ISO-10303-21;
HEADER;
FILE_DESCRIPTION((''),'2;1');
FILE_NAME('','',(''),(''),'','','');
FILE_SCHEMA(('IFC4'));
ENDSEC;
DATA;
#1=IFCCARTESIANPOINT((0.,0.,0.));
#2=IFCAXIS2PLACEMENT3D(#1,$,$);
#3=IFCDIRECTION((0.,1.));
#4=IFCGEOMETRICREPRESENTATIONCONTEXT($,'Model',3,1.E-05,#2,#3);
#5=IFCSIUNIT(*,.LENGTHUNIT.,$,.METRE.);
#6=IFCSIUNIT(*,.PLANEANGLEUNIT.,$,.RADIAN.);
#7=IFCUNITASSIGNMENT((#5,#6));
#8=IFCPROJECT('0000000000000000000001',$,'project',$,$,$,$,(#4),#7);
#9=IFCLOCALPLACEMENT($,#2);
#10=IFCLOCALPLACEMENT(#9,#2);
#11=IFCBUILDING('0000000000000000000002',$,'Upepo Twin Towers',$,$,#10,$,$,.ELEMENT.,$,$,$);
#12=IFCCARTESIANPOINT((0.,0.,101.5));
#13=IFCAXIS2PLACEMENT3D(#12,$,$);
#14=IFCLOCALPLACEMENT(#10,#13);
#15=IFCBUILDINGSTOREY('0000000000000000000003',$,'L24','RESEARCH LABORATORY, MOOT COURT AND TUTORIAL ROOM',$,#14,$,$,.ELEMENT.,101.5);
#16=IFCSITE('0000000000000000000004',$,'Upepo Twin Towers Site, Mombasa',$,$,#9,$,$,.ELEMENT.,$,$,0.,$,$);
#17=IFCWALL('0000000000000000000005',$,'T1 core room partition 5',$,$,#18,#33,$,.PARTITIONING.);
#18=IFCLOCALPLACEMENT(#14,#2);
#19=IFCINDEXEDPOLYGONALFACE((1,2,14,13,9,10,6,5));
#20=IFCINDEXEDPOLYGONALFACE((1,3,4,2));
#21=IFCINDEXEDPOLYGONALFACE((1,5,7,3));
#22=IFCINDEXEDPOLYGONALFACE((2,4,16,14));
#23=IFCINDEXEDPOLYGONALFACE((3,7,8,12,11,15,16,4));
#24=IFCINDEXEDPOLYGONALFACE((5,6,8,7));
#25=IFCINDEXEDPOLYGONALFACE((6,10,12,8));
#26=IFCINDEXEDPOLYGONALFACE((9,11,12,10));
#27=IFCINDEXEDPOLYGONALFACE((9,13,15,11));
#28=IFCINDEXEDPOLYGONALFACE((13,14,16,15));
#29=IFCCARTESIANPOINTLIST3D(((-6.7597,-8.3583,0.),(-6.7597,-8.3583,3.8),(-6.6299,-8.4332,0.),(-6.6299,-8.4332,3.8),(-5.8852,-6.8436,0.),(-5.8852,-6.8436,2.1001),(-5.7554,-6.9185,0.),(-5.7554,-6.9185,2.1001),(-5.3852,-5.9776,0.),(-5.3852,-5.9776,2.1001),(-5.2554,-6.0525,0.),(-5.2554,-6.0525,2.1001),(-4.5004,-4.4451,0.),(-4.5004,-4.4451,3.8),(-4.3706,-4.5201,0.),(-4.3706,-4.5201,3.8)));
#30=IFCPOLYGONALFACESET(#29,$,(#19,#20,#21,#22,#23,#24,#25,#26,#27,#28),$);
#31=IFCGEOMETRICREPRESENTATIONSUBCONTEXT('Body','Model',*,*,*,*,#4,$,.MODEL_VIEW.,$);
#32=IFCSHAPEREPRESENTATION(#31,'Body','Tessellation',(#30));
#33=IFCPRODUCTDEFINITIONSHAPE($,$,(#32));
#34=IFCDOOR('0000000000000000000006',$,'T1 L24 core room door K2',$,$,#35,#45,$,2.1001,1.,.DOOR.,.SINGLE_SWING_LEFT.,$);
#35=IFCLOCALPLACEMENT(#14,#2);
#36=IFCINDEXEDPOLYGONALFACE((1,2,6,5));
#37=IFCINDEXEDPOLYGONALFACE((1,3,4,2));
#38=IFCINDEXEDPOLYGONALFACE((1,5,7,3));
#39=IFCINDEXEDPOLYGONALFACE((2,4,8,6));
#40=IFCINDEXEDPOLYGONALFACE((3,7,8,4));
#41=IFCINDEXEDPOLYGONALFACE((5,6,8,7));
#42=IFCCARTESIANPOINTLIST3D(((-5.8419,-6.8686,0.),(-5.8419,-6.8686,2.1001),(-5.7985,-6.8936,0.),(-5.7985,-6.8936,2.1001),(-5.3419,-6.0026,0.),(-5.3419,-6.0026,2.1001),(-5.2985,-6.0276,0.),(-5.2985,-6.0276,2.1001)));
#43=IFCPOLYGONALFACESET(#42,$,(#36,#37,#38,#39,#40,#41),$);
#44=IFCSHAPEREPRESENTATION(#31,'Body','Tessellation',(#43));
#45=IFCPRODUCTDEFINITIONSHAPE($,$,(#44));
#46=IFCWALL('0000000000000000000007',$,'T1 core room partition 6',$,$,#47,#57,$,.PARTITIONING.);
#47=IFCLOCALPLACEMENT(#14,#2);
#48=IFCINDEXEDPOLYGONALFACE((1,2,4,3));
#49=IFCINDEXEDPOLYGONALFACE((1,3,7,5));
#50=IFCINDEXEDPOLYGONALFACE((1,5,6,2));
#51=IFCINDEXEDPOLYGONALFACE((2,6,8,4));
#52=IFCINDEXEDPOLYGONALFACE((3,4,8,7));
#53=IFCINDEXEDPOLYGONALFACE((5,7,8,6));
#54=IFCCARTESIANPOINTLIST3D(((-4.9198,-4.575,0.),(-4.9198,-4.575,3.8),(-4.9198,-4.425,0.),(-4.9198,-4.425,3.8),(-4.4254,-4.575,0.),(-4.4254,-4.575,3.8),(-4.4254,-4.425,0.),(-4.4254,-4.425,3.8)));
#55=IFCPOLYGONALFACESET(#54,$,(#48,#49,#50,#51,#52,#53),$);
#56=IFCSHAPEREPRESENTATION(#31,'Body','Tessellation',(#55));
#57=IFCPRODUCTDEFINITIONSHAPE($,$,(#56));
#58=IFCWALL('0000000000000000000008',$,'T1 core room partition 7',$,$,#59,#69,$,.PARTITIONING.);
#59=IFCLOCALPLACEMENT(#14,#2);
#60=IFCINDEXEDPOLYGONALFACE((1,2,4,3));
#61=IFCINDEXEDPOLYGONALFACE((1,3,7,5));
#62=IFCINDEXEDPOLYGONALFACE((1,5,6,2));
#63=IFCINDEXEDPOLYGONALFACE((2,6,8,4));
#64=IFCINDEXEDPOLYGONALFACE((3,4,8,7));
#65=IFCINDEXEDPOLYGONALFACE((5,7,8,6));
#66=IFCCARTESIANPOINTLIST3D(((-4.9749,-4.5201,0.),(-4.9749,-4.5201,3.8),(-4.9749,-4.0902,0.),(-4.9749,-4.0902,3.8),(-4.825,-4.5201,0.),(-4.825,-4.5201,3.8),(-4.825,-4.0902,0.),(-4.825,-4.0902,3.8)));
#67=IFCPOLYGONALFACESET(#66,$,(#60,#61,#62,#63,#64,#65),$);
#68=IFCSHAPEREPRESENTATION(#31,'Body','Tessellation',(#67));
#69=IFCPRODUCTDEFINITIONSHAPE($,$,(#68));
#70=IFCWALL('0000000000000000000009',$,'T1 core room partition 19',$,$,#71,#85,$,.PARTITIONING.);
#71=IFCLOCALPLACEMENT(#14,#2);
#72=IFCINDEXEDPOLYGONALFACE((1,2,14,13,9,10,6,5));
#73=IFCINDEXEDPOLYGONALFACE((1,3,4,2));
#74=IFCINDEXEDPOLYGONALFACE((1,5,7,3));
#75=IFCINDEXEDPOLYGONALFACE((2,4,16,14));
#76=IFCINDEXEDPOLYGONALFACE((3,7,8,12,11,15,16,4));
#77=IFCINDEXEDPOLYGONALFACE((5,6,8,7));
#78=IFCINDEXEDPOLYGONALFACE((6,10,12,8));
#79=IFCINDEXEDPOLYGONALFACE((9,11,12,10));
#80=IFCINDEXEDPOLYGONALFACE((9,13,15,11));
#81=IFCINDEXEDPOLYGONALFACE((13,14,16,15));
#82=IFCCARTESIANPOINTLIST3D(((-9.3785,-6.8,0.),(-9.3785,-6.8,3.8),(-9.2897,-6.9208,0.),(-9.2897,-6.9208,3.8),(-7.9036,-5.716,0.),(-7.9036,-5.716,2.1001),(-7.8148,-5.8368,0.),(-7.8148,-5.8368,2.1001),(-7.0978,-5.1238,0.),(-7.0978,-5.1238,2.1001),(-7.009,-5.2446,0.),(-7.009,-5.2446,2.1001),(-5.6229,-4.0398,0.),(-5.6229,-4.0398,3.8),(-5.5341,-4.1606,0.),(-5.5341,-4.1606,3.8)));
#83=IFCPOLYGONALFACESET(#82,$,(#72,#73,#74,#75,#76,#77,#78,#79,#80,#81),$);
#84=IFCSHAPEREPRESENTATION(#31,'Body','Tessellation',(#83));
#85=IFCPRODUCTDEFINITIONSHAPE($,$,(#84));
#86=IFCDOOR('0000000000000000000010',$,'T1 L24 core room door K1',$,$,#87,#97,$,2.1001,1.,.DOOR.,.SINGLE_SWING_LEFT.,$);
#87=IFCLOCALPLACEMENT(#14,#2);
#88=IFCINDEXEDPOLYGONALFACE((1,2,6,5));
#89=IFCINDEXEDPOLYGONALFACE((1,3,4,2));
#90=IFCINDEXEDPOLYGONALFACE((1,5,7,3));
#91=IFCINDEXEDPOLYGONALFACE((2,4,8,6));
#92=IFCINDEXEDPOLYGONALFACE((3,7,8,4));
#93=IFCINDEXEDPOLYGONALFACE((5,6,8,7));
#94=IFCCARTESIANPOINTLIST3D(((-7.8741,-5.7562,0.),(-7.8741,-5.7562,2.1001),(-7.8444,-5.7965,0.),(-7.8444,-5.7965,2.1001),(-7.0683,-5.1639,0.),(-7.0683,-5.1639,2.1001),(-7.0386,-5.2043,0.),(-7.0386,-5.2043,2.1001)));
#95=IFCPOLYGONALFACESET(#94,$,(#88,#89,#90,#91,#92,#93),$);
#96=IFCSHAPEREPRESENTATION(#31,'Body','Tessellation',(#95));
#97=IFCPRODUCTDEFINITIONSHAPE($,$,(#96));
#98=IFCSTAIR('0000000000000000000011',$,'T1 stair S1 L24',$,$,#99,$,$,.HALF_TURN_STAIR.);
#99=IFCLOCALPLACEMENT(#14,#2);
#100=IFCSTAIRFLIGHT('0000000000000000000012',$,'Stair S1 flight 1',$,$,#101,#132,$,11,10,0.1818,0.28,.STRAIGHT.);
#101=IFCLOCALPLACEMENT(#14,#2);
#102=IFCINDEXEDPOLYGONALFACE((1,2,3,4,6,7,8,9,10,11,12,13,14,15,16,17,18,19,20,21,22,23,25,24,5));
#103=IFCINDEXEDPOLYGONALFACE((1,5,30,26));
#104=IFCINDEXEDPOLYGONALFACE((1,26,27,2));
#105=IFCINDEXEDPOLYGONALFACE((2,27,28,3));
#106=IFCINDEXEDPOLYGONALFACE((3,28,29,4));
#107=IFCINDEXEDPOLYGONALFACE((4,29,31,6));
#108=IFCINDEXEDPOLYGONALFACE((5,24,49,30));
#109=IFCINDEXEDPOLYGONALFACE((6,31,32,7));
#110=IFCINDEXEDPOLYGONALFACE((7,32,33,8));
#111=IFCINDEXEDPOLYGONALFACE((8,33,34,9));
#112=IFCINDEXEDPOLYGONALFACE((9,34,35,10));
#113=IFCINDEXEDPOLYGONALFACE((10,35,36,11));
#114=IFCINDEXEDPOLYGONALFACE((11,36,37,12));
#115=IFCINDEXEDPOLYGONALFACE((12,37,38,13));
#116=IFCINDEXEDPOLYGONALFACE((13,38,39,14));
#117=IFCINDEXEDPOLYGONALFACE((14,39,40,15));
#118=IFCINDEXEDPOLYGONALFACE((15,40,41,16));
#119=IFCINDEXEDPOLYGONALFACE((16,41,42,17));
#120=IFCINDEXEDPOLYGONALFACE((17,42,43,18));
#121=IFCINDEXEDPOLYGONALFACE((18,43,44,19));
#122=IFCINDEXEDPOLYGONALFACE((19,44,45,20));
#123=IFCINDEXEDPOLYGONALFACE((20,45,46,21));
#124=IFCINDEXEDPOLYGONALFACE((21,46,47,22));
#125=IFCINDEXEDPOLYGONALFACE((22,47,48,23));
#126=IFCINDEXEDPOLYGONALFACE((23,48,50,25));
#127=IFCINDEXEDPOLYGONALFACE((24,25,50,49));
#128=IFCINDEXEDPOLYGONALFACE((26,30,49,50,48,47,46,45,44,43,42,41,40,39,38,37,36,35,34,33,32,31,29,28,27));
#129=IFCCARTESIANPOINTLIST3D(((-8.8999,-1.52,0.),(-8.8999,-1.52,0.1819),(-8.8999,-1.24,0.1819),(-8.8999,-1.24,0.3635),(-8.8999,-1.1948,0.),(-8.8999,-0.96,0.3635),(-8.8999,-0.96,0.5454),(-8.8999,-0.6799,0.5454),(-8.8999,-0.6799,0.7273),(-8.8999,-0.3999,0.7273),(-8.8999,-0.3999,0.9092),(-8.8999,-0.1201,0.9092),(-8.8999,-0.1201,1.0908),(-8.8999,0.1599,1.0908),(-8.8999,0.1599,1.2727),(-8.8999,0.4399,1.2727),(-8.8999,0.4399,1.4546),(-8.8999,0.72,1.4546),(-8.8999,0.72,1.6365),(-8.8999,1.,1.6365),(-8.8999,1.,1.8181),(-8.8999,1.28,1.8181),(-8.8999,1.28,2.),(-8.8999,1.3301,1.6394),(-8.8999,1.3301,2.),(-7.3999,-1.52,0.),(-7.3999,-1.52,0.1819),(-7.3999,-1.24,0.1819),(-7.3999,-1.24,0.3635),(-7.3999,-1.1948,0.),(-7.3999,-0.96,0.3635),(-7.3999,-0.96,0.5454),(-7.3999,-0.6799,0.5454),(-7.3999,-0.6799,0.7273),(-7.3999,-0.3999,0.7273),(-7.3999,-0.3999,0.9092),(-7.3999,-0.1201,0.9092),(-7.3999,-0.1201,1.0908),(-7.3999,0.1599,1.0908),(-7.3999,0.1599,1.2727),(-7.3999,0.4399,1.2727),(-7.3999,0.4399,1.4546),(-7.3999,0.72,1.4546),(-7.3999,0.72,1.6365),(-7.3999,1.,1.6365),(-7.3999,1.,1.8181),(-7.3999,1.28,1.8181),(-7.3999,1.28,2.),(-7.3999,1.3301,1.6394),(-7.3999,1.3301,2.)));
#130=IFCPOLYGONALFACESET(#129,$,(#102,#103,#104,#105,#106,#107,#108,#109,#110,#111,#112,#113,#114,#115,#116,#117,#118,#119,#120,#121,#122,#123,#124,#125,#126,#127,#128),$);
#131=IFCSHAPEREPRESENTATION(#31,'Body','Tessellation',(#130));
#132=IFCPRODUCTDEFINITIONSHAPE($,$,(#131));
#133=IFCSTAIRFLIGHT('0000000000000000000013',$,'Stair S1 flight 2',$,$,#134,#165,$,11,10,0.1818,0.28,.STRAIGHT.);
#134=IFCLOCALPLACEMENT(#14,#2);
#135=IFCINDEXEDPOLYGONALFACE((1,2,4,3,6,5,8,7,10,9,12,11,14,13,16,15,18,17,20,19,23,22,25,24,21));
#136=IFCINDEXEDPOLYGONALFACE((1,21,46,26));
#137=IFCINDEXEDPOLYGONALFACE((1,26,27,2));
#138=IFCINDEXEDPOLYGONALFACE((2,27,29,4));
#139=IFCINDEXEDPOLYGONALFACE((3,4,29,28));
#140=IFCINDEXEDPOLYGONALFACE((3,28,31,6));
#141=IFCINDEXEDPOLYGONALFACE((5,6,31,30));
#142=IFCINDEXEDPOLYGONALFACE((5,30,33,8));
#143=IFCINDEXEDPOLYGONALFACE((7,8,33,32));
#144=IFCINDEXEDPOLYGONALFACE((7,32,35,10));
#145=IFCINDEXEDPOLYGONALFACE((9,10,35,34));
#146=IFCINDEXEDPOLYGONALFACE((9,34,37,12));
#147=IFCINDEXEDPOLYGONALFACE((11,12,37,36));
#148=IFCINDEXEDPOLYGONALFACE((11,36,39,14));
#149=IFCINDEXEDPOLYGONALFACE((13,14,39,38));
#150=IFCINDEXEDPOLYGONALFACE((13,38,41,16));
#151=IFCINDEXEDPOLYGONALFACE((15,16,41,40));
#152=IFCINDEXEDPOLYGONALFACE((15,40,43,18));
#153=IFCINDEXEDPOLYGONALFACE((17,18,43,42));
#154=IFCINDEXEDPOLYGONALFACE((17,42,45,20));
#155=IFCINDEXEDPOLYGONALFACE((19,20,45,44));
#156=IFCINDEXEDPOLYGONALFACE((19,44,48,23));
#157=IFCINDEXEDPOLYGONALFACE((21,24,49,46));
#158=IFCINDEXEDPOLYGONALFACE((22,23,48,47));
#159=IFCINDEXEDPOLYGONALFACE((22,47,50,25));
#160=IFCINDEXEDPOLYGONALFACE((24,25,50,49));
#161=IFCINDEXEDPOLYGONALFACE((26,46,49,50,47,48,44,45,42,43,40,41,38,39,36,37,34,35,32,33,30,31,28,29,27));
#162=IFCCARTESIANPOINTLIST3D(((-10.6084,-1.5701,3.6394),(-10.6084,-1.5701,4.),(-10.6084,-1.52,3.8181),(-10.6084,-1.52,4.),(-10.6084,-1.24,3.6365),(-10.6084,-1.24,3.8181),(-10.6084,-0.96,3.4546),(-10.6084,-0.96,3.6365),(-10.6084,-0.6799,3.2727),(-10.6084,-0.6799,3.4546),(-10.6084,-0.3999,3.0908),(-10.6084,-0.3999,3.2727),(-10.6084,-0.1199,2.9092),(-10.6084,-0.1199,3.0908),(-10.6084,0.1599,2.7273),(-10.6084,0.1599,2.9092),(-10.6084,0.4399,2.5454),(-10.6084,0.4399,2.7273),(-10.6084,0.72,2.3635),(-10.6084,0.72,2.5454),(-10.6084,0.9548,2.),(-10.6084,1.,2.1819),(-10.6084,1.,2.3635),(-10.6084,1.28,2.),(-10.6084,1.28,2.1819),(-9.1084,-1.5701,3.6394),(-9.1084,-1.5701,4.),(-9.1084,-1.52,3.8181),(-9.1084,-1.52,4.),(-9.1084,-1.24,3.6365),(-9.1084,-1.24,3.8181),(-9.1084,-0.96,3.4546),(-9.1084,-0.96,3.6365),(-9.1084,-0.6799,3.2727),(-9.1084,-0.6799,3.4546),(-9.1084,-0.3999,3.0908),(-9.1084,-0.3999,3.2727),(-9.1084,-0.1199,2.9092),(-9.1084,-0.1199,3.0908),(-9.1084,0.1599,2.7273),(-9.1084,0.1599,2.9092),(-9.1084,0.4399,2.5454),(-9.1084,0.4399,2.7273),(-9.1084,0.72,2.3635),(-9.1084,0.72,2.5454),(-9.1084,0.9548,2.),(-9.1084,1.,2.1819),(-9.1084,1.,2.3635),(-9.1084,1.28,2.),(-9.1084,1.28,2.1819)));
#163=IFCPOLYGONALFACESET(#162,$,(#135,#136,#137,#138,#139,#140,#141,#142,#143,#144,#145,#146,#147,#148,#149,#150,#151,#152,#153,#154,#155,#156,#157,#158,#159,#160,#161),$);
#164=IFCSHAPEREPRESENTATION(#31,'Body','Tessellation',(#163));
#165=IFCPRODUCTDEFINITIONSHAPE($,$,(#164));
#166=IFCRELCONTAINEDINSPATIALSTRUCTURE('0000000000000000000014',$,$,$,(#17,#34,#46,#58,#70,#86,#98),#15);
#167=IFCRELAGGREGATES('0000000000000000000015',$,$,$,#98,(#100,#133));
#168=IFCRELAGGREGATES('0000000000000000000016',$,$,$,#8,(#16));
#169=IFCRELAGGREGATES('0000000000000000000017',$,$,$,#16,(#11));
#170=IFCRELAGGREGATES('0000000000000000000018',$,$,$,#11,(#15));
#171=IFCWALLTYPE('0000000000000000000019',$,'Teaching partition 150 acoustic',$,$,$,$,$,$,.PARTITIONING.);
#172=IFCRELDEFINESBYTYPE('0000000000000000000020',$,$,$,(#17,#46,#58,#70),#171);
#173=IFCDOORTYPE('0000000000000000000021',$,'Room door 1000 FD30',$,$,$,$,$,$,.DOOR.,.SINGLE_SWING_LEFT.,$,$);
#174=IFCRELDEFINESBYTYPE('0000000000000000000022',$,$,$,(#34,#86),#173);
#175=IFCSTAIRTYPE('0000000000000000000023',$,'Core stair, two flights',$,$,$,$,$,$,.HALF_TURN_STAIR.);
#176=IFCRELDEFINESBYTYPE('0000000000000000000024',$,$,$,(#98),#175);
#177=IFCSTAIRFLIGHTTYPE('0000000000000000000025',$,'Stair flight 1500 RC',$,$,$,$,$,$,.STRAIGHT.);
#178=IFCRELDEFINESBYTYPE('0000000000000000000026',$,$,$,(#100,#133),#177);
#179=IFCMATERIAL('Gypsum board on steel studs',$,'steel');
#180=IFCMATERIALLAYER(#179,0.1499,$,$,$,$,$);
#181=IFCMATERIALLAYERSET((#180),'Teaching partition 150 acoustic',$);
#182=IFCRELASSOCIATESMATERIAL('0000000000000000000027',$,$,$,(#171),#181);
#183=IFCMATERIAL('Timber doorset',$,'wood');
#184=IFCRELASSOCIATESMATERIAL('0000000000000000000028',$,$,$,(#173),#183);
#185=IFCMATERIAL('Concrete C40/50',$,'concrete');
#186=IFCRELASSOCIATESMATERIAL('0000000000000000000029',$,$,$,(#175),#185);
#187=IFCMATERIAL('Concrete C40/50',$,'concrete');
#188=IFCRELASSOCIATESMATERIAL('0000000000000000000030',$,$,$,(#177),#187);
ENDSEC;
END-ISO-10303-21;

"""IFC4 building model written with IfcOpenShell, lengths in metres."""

from ifc_helpers import new_model, si_unit, direction, frame, frame_2d, origin, place, context, subcontext, project, spatial, polyline, rectangle, outline, extrude, material, layer, layer_set, type_object, element, fill, aggregate, save


model = new_model("IFC4")

# Units and contexts
model_context = context("Model", 3, precision=1e-05, world=origin(), true_north=direction((0.0, 1.0)))
body_context = subcontext(model_context, "Body", "Model", "MODEL_VIEW")
ifc_project = project(units=[si_unit("LENGTHUNIT", "METRE"), si_unit("PLANEANGLEUNIT", "RADIAN")], contexts=[model_context])

# Site, building, storey
site_placement = place(None, origin())
site = spatial("IfcSite", under=ifc_project, at=site_placement, Name="Upepo Twin Towers Site, Mombasa", CompositionType="ELEMENT", RefElevation=0.0)
building_placement = place(site_placement, origin())
building = spatial("IfcBuilding", under=site, at=building_placement, Name="Upepo Twin Towers", CompositionType="ELEMENT")
storey_placement = place(building_placement, frame((0.0, 0.0, 101.5)))
storey = spatial("IfcBuildingStorey", under=building, at=storey_placement, Name="L24", Description="RESEARCH LABORATORY, MOOT COURT AND TUTORIAL ROOM", CompositionType="ELEMENT", Elevation=101.5)

# Shared definitions
ifc_material_1 = material(Name="Gypsum board on steel studs", Category="steel")
ifc_layer_1 = layer(ifc_material_1, 0.1499)
ifc_layer_set_1 = layer_set([ifc_layer_1], Name="Teaching partition 150 acoustic")
wall_type_1 = type_object("IfcWallType", Name="Teaching partition 150 acoustic", PredefinedType="PARTITIONING", material=ifc_layer_set_1)

# Wall, opening, door
ifc_material_2 = material(Name="Timber doorset", Category="wood")
door_type_1 = type_object("IfcDoorType", Name="Room door 1000 FD30", OperationType="SINGLE_SWING_LEFT", PredefinedType="DOOR", material=ifc_material_2)
wall_1_placement = place(storey_placement, frame((-6.6948, -8.3958, 0.0), z_axis=(0.0, 0.0, 1.0), x_axis=(0.500009, 0.86602, 0.0)))
wall_1 = element("IfcWall", 1, at=wall_1_placement, inside=storey, type_object=wall_type_1, Name="T1 core room partition 5", PredefinedType="PARTITIONING", context=body_context, shape_type="SweptSolid", body=[
    extrude(rectangle(XDim=4.5186, YDim=0.1499, at=frame_2d((2.2593, 0.0))), origin(), (0.0, 0.0, 1.0), 3.8),
])
opening_1_placement = place(wall_1_placement, frame((1.749, 0.0, 0.0)))
opening_1 = element("IfcOpeningElement", 2, at=opening_1_placement, cuts=wall_1, PredefinedType="OPENING", context=body_context, shape_type="SweptSolid", body=[
    extrude(rectangle(XDim=1.0, YDim=2.1001, at=frame_2d((0.5, 1.05))), frame((0.0, 0.085, 0.0), z_axis=(0.0, -1.0, 0.0), x_axis=(1.0, 0.0, 0.0)), (0.0, 0.0, 1.0), 0.1699),
])
door_1_placement = place(opening_1_placement, origin())
door_1 = element("IfcDoor", 3, at=door_1_placement, inside=storey, type_object=door_type_1, Name="T1 L24 core room door K2", OperationType="SINGLE_SWING_LEFT", OverallHeight=2.1001, OverallWidth=1.0, PredefinedType="DOOR", context=body_context, shape_type="SweptSolid", body=[
    extrude(rectangle(XDim=1.0, YDim=2.1001, at=frame_2d((0.5, 1.05))), frame((0.0, 0.0249, 0.0), z_axis=(0.0, -1.0, 0.0), x_axis=(1.0, 0.0, 0.0)), (0.0, 0.0, 1.0), 0.05),
])
fill(opening_1, door_1)

# Walls
wall_2_placement = place(storey_placement, frame((-4.4255, -4.5, 0.0), z_axis=(0.0, 0.0, 1.0), x_axis=(-1.0, 0.0, 0.0)))
element("IfcWall", 4, at=wall_2_placement, inside=storey, type_object=wall_type_1, Name="T1 core room partition 6", PredefinedType="PARTITIONING", context=body_context, shape_type="SweptSolid", body=[
    extrude(rectangle(XDim=0.4944, YDim=0.1499, at=frame_2d((0.2471, 0.0))), origin(), (0.0, 0.0, 1.0), 3.8),
])
wall_3_placement = place(storey_placement, frame((-4.8999, -4.52, 0.0), z_axis=(0.0, 0.0, 1.0), x_axis=(0.0, 1.0, 0.0)))
element("IfcWall", 5, at=wall_3_placement, inside=storey, type_object=wall_type_1, Name="T1 core room partition 7", PredefinedType="PARTITIONING", context=body_context, shape_type="SweptSolid", body=[
    extrude(rectangle(XDim=0.4299, YDim=0.1499, at=frame_2d((0.2148, 0.0))), origin(), (0.0, 0.0, 1.0), 3.8),
])

# Wall, opening, door
wall_4_placement = place(storey_placement, frame((-5.5784, -4.1001, 0.0), z_axis=(0.0, 0.0, 1.0), x_axis=(-0.805777, -0.592219, 0.0)))
wall_4 = element("IfcWall", 6, at=wall_4_placement, inside=storey, type_object=wall_type_1, Name="T1 core room partition 19", PredefinedType="PARTITIONING", context=body_context, shape_type="SweptSolid", body=[
    extrude(rectangle(XDim=4.6609, YDim=0.1499, at=frame_2d((2.3306, 0.0))), origin(), (0.0, 0.0, 1.0), 3.8),
])
opening_2_placement = place(wall_4_placement, frame((1.8306, 0.0, 0.0)))
opening_2 = element("IfcOpeningElement", 7, at=opening_2_placement, cuts=wall_4, PredefinedType="OPENING", context=body_context, shape_type="SweptSolid", body=[
    extrude(rectangle(XDim=1.0, YDim=2.1001, at=frame_2d((0.5, 1.05))), frame((0.0, 0.085, 0.0), z_axis=(0.0, -1.0, 0.0), x_axis=(1.0, 0.0, 0.0)), (0.0, 0.0, 1.0), 0.1699),
])
door_2_placement = place(opening_2_placement, origin())
door_2 = element("IfcDoor", 8, at=door_2_placement, inside=storey, type_object=door_type_1, Name="T1 L24 core room door K1", OperationType="SINGLE_SWING_LEFT", OverallHeight=2.1001, OverallWidth=1.0, PredefinedType="DOOR", context=body_context, shape_type="SweptSolid", body=[
    extrude(rectangle(XDim=1.0, YDim=2.1001, at=frame_2d((0.5, 1.05))), frame((0.0, 0.0249, 0.0), z_axis=(0.0, -1.0, 0.0), x_axis=(1.0, 0.0, 0.0)), (0.0, 0.0, 1.0), 0.05),
])
fill(opening_2, door_2)

# Stair, stair flights
ifc_material_3 = material(Name="Concrete C40/50", Category="concrete")
stair_type = type_object("IfcStairType", Name="Core stair, two flights", PredefinedType="HALF_TURN_STAIR", material=ifc_material_3)
stair_placement = place(storey_placement, origin())
stair = element("IfcStair", 9, at=stair_placement, inside=storey, type_object=stair_type, Name="T1 stair S1 L24", PredefinedType="HALF_TURN_STAIR")
ifc_material_4 = material(Name="Concrete C40/50", Category="concrete")
stair_flight_type = type_object("IfcStairFlightType", Name="Stair flight 1500 RC", PredefinedType="STRAIGHT", material=ifc_material_4)
stair_flight_1_placement = place(storey_placement, frame((-8.1499, -1.52, 0.0), z_axis=(0.0, 0.0, 1.0), x_axis=(0.0, 1.0, 0.0)))
stair_flight_1 = element("IfcStairFlight", 10, at=stair_flight_1_placement, type_object=stair_flight_type, Name="Stair S1 flight 1", NumberOfRisers=11, NumberOfTreads=10, PredefinedType="STRAIGHT", RiserHeight=0.1818, TreadLength=0.28, context=body_context, shape_type="SweptSolid", body=[
    extrude(outline(polyline([(0.0, 0.0), (0.0, 0.1819), (0.28, 0.1819), (0.28, 0.3635), (0.5601, 0.3635), (0.5601, 0.5454), (0.8401, 0.5454), (0.8401, 0.7273), (1.1201, 0.7273), (1.1201, 0.9092), (1.3999, 0.9092), (1.3999, 1.0908), (1.6799, 1.0908), (1.6799, 1.2727), (1.96, 1.2727), (1.96, 1.4546), (2.24, 1.4546), (2.24, 1.6365), (2.52, 1.6365), (2.52, 1.8181), (2.8, 1.8181), (2.8, 2.0), (2.8501, 2.0), (2.8501, 1.6394), (0.3252, 0.0), (0.0, 0.0)])), frame((0.0, 0.75, 0.0), z_axis=(0.0, -1.0, 0.0), x_axis=(1.0, 0.0, 0.0)), (0.0, 0.0, 1.0), 1.5),
])
stair_flight_2_placement = place(storey_placement, frame((-9.8584, 1.28, 2.0), z_axis=(0.0, 0.0, 1.0), x_axis=(0.0, -1.0, 0.0)))
stair_flight_2 = element("IfcStairFlight", 11, at=stair_flight_2_placement, type_object=stair_flight_type, Name="Stair S1 flight 2", NumberOfRisers=11, NumberOfTreads=10, PredefinedType="STRAIGHT", RiserHeight=0.1818, TreadLength=0.28, context=body_context, shape_type="SweptSolid", body=[
    extrude(outline(polyline([(0.0, 0.0), (0.0, 0.1819), (0.28, 0.1819), (0.28, 0.3635), (0.5601, 0.3635), (0.5601, 0.5454), (0.8401, 0.5454), (0.8401, 0.7273), (1.1201, 0.7273), (1.1201, 0.9092), (1.3999, 0.9092), (1.3999, 1.0908), (1.6799, 1.0908), (1.6799, 1.2727), (1.96, 1.2727), (1.96, 1.4546), (2.24, 1.4546), (2.24, 1.6365), (2.52, 1.6365), (2.52, 1.8181), (2.8, 1.8181), (2.8, 2.0), (2.8501, 2.0), (2.8501, 1.6394), (0.3252, 0.0), (0.0, 0.0)])), frame((0.0, 0.75, 0.0), z_axis=(0.0, -1.0, 0.0), x_axis=(1.0, 0.0, 0.0)), (0.0, 0.0, 1.0), 1.5),
])
aggregate(stair, [stair_flight_1, stair_flight_2])

save(model, "model.ifc")
